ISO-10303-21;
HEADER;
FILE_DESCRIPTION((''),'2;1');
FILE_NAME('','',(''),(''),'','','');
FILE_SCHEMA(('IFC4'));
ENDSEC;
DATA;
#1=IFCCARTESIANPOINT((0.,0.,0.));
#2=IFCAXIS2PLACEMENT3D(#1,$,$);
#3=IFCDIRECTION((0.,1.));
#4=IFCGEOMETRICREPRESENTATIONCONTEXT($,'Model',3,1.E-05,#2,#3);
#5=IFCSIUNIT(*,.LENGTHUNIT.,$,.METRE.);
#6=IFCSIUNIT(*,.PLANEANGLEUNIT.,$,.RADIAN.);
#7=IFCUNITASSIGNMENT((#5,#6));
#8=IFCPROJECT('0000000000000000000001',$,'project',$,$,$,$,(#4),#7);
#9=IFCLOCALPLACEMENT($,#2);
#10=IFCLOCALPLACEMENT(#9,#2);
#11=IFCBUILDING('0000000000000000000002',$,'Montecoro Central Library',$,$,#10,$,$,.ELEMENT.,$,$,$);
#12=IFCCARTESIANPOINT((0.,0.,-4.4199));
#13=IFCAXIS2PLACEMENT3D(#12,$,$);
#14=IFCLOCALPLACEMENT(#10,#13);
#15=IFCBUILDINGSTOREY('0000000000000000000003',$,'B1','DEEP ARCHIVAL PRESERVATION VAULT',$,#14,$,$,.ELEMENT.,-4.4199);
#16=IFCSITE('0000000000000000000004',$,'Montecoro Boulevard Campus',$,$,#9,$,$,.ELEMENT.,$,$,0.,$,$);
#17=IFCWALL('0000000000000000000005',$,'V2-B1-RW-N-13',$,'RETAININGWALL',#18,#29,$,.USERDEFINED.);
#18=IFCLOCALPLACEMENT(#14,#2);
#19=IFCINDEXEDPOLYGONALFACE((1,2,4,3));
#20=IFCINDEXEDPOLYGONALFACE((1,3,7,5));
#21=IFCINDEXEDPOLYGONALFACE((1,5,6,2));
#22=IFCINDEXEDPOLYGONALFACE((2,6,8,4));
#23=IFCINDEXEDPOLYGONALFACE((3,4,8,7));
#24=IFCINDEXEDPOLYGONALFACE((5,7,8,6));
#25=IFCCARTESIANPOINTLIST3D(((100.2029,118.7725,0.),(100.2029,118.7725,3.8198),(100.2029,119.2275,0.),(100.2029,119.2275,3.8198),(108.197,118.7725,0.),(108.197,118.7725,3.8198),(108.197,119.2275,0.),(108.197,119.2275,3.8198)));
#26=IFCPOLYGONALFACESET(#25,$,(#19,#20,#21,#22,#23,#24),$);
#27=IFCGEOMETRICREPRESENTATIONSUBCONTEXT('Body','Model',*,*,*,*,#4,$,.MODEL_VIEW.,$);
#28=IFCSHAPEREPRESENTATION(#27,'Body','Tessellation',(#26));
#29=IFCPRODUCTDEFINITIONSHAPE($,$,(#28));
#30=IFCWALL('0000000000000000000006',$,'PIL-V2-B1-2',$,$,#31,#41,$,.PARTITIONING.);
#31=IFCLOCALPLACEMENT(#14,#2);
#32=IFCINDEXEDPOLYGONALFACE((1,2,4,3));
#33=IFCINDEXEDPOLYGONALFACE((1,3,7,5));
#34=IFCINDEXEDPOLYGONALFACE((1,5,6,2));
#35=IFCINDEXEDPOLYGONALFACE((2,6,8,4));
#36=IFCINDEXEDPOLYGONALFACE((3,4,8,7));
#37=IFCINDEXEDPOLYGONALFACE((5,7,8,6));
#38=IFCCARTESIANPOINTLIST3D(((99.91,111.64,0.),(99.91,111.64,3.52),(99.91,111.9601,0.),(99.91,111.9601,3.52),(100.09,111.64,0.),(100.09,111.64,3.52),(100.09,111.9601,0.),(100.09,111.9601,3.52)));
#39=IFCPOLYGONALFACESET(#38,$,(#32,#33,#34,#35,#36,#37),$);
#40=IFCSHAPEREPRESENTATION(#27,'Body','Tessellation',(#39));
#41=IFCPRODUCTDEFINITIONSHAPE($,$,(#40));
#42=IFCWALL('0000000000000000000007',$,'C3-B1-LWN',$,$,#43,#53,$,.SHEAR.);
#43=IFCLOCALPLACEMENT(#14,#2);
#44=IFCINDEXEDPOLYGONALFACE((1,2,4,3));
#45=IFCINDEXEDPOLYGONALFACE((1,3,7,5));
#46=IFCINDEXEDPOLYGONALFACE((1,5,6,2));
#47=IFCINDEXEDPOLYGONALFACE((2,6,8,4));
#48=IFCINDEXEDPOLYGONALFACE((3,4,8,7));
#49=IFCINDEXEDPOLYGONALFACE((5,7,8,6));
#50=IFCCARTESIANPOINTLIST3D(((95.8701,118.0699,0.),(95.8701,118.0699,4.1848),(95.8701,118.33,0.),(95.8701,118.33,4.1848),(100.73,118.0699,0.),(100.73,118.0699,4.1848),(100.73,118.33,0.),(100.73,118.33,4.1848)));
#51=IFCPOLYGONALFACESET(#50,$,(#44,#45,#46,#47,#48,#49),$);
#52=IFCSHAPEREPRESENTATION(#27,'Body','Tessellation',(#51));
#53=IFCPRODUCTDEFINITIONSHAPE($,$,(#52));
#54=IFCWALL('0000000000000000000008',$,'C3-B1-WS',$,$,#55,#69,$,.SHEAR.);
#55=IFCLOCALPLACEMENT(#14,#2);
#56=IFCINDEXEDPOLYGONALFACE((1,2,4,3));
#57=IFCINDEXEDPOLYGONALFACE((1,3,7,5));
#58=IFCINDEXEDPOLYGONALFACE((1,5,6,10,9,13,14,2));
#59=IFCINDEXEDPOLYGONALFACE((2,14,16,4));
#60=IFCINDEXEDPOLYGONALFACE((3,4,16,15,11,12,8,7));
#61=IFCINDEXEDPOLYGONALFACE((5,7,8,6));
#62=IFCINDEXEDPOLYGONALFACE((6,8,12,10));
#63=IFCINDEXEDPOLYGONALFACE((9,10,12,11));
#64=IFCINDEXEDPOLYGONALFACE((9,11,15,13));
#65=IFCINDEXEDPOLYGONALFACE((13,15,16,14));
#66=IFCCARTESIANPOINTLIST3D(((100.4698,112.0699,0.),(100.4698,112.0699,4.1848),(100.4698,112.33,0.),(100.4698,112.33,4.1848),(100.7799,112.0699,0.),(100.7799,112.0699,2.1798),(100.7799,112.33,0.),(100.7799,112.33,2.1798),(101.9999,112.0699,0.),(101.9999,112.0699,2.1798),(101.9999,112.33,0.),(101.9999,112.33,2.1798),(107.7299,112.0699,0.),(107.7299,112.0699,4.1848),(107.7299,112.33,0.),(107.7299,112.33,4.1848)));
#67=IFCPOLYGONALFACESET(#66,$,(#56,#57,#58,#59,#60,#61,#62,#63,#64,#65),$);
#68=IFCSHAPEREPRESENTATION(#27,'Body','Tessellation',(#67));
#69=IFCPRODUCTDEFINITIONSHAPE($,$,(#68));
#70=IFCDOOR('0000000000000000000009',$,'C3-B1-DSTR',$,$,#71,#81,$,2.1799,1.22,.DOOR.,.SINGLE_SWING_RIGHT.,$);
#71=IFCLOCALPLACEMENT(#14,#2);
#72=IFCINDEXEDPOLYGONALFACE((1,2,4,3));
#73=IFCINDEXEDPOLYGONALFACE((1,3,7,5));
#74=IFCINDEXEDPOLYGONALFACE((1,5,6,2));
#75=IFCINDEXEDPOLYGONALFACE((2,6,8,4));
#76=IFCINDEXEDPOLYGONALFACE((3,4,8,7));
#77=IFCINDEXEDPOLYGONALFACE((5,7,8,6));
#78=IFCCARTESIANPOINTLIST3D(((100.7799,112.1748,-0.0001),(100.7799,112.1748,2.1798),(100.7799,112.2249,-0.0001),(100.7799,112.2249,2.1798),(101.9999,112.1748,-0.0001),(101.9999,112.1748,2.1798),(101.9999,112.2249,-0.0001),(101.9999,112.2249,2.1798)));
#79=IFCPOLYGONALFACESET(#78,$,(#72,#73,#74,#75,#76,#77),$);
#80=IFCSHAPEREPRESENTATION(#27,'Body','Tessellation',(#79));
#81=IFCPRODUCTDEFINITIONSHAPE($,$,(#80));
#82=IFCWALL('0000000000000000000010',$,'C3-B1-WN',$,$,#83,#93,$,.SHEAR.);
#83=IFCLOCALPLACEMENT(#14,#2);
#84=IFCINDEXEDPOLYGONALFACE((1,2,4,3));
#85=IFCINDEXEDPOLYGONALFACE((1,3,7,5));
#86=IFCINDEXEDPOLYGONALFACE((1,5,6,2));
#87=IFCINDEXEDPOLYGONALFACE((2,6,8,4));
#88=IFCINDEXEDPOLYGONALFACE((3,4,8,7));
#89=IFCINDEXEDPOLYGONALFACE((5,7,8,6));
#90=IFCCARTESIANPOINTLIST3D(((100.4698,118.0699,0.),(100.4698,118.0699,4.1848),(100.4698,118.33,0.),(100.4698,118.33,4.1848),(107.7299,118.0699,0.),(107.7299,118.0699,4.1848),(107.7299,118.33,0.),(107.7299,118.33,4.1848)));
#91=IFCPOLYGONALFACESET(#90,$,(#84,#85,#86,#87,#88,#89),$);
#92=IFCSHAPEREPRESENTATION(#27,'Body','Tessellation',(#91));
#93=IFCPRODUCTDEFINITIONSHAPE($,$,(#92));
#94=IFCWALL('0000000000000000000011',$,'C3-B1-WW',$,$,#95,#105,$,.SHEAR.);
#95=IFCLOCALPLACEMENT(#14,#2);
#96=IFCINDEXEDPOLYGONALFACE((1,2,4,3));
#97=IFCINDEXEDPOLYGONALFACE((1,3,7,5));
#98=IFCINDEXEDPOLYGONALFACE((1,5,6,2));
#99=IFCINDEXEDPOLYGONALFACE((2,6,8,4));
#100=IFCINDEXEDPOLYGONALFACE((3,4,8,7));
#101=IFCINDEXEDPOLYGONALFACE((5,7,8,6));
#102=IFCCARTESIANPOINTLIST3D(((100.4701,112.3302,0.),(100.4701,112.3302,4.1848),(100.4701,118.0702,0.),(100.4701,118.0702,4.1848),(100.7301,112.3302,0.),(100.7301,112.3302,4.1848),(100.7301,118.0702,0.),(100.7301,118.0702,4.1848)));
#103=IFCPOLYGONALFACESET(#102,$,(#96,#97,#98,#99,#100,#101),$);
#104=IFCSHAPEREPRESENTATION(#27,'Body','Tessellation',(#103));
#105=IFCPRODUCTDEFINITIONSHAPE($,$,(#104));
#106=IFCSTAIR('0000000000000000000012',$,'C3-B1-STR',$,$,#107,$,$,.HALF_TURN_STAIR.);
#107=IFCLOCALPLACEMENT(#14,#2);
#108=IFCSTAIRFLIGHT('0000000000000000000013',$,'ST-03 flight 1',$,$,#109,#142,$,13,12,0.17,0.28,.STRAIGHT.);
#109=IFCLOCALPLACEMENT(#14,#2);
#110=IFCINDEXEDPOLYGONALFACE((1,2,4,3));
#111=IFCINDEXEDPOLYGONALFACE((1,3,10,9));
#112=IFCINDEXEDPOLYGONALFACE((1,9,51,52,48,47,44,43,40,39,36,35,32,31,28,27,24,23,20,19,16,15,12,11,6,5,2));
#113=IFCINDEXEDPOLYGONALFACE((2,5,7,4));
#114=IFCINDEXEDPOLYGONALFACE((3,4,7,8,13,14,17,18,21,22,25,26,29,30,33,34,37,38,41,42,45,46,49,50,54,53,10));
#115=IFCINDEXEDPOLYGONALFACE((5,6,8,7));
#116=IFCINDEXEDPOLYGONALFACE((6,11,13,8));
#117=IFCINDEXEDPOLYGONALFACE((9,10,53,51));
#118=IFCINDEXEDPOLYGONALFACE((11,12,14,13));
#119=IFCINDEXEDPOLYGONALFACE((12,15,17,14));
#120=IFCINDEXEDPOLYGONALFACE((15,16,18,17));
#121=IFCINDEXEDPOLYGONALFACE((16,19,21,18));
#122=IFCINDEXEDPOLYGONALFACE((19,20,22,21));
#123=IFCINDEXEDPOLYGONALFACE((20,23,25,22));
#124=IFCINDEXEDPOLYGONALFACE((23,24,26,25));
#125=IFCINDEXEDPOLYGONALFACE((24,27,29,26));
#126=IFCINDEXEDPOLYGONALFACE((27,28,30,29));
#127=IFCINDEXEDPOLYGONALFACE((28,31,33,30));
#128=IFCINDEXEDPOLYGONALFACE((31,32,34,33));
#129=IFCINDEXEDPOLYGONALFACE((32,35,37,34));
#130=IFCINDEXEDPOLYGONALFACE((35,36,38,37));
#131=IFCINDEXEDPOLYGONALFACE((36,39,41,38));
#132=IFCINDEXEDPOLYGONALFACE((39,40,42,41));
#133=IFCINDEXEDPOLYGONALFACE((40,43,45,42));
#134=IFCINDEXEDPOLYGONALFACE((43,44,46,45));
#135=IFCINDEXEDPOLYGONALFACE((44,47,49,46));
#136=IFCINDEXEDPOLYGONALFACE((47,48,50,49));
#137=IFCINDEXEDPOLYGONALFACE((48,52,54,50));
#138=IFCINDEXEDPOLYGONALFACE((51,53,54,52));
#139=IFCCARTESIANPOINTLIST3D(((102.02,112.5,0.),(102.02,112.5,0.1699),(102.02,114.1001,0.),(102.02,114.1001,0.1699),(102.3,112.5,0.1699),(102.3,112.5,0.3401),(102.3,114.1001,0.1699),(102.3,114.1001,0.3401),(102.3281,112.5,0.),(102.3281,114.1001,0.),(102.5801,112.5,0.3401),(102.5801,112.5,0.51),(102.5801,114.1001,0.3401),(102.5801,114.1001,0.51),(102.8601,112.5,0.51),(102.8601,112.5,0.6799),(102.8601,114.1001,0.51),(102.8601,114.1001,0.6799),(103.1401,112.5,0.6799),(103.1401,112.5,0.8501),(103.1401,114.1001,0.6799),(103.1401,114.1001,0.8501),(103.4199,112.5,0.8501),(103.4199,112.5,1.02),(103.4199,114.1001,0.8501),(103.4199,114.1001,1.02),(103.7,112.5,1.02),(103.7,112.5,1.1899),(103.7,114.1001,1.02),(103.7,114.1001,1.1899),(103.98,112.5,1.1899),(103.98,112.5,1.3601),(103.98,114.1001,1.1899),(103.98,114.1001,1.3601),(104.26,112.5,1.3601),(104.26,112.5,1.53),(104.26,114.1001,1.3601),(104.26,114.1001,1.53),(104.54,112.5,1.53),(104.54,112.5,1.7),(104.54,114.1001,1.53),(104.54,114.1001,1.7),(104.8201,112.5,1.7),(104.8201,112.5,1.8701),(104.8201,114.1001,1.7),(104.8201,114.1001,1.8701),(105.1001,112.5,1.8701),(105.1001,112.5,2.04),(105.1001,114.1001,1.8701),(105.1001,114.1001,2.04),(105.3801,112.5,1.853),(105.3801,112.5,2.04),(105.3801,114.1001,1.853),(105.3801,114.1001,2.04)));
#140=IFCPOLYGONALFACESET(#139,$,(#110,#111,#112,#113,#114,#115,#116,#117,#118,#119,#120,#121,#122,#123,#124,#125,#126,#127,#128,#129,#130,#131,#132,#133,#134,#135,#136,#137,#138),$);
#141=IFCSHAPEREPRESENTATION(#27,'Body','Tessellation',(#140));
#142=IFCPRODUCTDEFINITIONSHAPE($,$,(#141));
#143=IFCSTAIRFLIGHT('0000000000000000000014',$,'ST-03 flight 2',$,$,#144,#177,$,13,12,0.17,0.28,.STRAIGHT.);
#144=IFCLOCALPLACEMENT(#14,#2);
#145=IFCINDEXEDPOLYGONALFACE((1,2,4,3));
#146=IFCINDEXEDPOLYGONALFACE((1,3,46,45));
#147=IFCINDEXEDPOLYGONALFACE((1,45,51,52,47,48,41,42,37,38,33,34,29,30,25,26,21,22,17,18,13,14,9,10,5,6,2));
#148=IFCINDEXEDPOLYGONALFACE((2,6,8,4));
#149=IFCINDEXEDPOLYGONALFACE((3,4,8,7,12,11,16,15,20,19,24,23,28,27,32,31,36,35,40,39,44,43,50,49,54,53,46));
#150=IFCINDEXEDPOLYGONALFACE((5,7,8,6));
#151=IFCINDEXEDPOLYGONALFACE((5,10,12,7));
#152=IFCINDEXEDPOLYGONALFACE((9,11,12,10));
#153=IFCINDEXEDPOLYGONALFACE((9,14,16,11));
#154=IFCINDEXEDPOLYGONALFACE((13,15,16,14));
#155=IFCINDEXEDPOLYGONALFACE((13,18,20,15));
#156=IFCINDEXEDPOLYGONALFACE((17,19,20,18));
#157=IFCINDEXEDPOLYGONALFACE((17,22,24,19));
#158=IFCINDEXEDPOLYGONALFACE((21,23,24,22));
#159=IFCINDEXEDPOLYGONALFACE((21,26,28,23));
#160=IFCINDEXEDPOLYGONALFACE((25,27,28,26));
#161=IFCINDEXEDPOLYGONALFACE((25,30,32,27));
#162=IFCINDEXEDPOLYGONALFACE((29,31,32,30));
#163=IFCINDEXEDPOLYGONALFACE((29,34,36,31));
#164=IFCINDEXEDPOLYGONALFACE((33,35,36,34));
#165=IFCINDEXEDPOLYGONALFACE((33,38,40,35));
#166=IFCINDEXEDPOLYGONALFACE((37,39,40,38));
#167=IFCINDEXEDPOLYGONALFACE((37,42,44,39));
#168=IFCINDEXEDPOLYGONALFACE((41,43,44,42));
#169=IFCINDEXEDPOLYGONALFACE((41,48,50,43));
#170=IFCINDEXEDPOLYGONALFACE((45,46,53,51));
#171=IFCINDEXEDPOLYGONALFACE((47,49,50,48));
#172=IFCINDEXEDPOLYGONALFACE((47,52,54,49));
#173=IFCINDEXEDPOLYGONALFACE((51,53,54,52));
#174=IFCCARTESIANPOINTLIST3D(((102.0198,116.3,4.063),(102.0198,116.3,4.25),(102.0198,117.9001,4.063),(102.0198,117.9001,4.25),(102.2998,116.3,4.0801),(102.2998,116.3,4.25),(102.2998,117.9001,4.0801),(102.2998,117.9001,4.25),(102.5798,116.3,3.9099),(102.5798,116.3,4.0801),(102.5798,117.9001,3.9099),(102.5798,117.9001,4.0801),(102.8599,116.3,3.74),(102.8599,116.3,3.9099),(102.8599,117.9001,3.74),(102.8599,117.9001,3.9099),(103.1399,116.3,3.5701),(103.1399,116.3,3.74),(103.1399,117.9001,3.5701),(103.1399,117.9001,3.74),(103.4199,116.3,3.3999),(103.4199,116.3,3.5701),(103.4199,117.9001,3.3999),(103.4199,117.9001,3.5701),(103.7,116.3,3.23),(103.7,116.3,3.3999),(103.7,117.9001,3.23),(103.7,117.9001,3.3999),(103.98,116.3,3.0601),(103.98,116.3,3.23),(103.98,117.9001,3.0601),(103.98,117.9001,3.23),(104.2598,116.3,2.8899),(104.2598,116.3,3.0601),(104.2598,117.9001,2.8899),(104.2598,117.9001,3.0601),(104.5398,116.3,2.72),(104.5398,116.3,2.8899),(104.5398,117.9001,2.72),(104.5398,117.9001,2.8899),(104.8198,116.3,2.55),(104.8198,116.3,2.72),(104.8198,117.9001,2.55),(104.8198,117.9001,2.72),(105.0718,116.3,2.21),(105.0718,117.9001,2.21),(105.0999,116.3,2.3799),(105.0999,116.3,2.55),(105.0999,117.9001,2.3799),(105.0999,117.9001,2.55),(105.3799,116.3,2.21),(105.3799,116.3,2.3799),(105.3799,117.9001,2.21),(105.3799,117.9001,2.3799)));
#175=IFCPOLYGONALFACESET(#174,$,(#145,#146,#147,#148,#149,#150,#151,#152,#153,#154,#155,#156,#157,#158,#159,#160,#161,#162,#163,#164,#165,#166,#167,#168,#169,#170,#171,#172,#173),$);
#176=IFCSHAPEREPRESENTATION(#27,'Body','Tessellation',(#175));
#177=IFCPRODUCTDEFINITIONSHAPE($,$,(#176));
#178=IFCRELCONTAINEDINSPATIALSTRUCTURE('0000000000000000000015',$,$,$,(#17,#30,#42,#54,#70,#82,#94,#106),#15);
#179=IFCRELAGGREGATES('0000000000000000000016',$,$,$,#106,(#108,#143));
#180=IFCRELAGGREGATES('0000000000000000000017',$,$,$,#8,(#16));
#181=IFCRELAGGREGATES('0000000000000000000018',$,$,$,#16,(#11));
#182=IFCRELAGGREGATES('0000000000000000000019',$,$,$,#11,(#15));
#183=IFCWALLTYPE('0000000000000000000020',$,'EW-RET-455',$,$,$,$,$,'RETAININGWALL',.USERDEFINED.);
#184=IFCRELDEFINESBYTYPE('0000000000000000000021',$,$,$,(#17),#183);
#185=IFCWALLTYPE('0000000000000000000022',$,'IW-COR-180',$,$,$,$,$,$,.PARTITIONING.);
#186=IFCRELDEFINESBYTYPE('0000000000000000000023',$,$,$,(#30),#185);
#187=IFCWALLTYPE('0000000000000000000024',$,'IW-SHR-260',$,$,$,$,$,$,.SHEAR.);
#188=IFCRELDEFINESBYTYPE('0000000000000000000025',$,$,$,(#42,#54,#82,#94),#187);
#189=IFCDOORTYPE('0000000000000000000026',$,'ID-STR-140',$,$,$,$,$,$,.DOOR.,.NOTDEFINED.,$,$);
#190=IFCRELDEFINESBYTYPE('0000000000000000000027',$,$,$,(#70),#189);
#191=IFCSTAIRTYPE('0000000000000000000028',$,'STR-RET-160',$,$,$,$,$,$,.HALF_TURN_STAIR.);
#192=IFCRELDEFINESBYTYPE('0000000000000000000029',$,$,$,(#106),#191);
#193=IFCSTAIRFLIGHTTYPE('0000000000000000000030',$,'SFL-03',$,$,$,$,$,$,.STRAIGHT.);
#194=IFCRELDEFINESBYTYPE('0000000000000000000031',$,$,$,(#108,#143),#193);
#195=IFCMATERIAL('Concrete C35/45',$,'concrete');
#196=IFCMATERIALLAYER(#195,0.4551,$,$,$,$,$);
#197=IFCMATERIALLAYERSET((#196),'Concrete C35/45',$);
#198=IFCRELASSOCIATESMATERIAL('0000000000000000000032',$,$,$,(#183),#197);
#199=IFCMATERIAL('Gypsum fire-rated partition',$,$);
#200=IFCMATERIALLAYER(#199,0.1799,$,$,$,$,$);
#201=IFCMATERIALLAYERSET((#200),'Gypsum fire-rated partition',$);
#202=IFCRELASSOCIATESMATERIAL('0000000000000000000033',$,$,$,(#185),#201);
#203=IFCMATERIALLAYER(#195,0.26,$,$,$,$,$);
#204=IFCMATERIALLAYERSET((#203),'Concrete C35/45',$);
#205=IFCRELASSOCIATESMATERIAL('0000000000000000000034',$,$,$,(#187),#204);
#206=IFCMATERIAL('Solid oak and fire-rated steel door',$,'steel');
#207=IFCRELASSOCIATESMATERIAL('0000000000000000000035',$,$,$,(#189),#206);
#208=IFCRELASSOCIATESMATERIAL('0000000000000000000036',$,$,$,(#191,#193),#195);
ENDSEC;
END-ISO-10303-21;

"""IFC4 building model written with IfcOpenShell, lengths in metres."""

from ifc_helpers import new_model, si_unit, direction, frame, frame_2d, origin, place, context, subcontext, project, spatial, polyline, rectangle, outline, extrude, material, layer, layer_set, type_object, element, fill, aggregate, save


model = new_model("IFC4")

# Units and contexts
model_context = context("Model", 3, precision=1e-05, world=origin(), true_north=direction((0.0, 1.0)))
body_context = subcontext(model_context, "Body", "Model", "MODEL_VIEW")
ifc_project = project(units=[si_unit("LENGTHUNIT", "METRE"), si_unit("PLANEANGLEUNIT", "RADIAN")], contexts=[model_context])

# Site, building, storey
site_placement = place(None, origin())
site = spatial("IfcSite", under=ifc_project, at=site_placement, Name="Montecoro Boulevard Campus", CompositionType="ELEMENT", RefElevation=0.0)
building_placement = place(site_placement, origin())
building = spatial("IfcBuilding", under=site, at=building_placement, Name="Montecoro Central Library", CompositionType="ELEMENT")
storey_placement = place(building_placement, frame((0.0, 0.0, -4.4199)))
storey = spatial("IfcBuildingStorey", under=building, at=storey_placement, Name="B1", Description="DEEP ARCHIVAL PRESERVATION VAULT", CompositionType="ELEMENT", Elevation=-4.4199)

# Shared definitions
ifc_material_1 = material(Name="Concrete C35/45", Category="concrete")

# Walls
ifc_layer_1 = layer(ifc_material_1, 0.4551)
ifc_layer_set_1 = layer_set([ifc_layer_1], Name="Concrete C35/45")
wall_type_1 = type_object("IfcWallType", Name="EW-RET-455", ElementType="RETAININGWALL", PredefinedType="USERDEFINED", material=ifc_layer_set_1)
wall_1_placement = place(storey_placement, frame((100.2029, 119.0, 0.0), z_axis=(0.0, 0.0, 1.0), x_axis=(1.0, 0.0, 0.0)))
element("IfcWall", 1, at=wall_1_placement, inside=storey, type_object=wall_type_1, Name="V2-B1-RW-N-13", ObjectType="RETAININGWALL", PredefinedType="USERDEFINED", context=body_context, shape_type="SweptSolid", body=[
    extrude(rectangle(XDim=7.9941, YDim=0.4551, at=frame_2d((3.9971, 0.0))), origin(), (0.0, 0.0, 1.0), 3.8198),
])
ifc_material_2 = material(Name="Gypsum fire-rated partition")
ifc_layer_2 = layer(ifc_material_2, 0.1799)
ifc_layer_set_2 = layer_set([ifc_layer_2], Name="Gypsum fire-rated partition")
wall_type_2 = type_object("IfcWallType", Name="IW-COR-180", PredefinedType="PARTITIONING", material=ifc_layer_set_2)
wall_2_placement = place(storey_placement, frame((100.0, 111.6399, 0.0), z_axis=(0.0, 0.0, 1.0), x_axis=(0.0, 1.0, 0.0)))
element("IfcWall", 2, at=wall_2_placement, inside=storey, type_object=wall_type_2, Name="PIL-V2-B1-2", PredefinedType="PARTITIONING", context=body_context, shape_type="SweptSolid", body=[
    extrude(rectangle(XDim=0.3201, YDim=0.1799, at=frame_2d((0.1602, 0.0))), origin(), (0.0, 0.0, 1.0), 3.52),
])
ifc_layer_3 = layer(ifc_material_1, 0.26)
ifc_layer_set_3 = layer_set([ifc_layer_3], Name="Concrete C35/45")
wall_type_3 = type_object("IfcWallType", Name="IW-SHR-260", PredefinedType="SHEAR", material=ifc_layer_set_3)
wall_3_placement = place(storey_placement, frame((100.73, 118.2, 0.0), z_axis=(0.0, 0.0, 1.0), x_axis=(-1.0, 0.0, 0.0)))
element("IfcWall", 3, at=wall_3_placement, inside=storey, type_object=wall_type_3, Name="C3-B1-LWN", PredefinedType="SHEAR", context=body_context, shape_type="SweptSolid", body=[
    extrude(rectangle(XDim=4.8599, YDim=0.26, at=frame_2d((2.4299, 0.0))), origin(), (0.0, 0.0, 1.0), 4.1848),
])

# Wall, opening, door
wall_4_placement = place(storey_placement, frame((100.47, 112.2, 0.0), z_axis=(0.0, 0.0, 1.0), x_axis=(1.0, 0.0, 0.0)))
wall_4 = element("IfcWall", 4, at=wall_4_placement, inside=storey, type_object=wall_type_3, Name="C3-B1-WS", PredefinedType="SHEAR", context=body_context, shape_type="SweptSolid", body=[
    extrude(rectangle(XDim=7.26, YDim=0.26, at=frame_2d((3.6299, 0.0))), origin(), (0.0, 0.0, 1.0), 4.1848),
])
opening_placement = place(wall_4_placement, frame((0.3101, 0.0, 0.0)))
opening = element("IfcOpeningElement", 5, at=opening_placement, cuts=wall_4, PredefinedType="OPENING", context=body_context, shape_type="SweptSolid", body=[
    extrude(rectangle(XDim=1.22, YDim=2.1799, at=frame_2d((0.6099, 1.0898))), frame((0.0, 0.1399, 0.0), z_axis=(0.0, -1.0, 0.0), x_axis=(1.0, 0.0, 0.0)), (0.0, 0.0, 1.0), 0.28),
])
ifc_material_3 = material(Name="Solid oak and fire-rated steel door", Category="steel")
door_type = type_object("IfcDoorType", Name="ID-STR-140", OperationType="NOTDEFINED", PredefinedType="DOOR", material=ifc_material_3)
door_placement = place(opening_placement, origin())
door = element("IfcDoor", 6, at=door_placement, inside=storey, type_object=door_type, Name="C3-B1-DSTR", OperationType="SINGLE_SWING_RIGHT", OverallHeight=2.1799, OverallWidth=1.22, PredefinedType="DOOR", context=body_context, shape_type="SweptSolid", body=[
    extrude(rectangle(XDim=1.22, YDim=2.1799, at=frame_2d((0.6099, 1.0898))), frame((0.0, 0.0249, 0.0), z_axis=(0.0, -1.0, 0.0), x_axis=(1.0, 0.0, 0.0)), (0.0, 0.0, 1.0), 0.05),
])
fill(opening, door)

# Walls
wall_5_placement = place(storey_placement, frame((100.47, 118.2, 0.0), z_axis=(0.0, 0.0, 1.0), x_axis=(1.0, 0.0, 0.0)))
element("IfcWall", 7, at=wall_5_placement, inside=storey, type_object=wall_type_3, Name="C3-B1-WN", PredefinedType="SHEAR", context=body_context, shape_type="SweptSolid", body=[
    extrude(rectangle(XDim=7.26, YDim=0.26, at=frame_2d((3.6299, 0.0))), origin(), (0.0, 0.0, 1.0), 4.1848),
])
wall_6_placement = place(storey_placement, frame((100.6001, 112.3301, 0.0), z_axis=(0.0, 0.0, 1.0), x_axis=(0.0, 1.0, 0.0)))
element("IfcWall", 8, at=wall_6_placement, inside=storey, type_object=wall_type_3, Name="C3-B1-WW", PredefinedType="SHEAR", context=body_context, shape_type="SweptSolid", body=[
    extrude(rectangle(XDim=5.74, YDim=0.26, at=frame_2d((2.8701, 0.0))), origin(), (0.0, 0.0, 1.0), 4.1848),
])

# Stair, stair flights
stair_type = type_object("IfcStairType", Name="STR-RET-160", PredefinedType="HALF_TURN_STAIR", material=ifc_material_1)
stair_placement = place(storey_placement, origin())
stair = element("IfcStair", 9, at=stair_placement, inside=storey, type_object=stair_type, Name="C3-B1-STR", PredefinedType="HALF_TURN_STAIR")
stair_flight_type = type_object("IfcStairFlightType", Name="SFL-03", PredefinedType="STRAIGHT", material=ifc_material_1)
stair_flight_1_placement = place(storey_placement, frame((102.02, 113.3, 0.0), z_axis=(0.0, 0.0, 1.0), x_axis=(1.0, 0.0, 0.0)))
stair_flight_1 = element("IfcStairFlight", 10, at=stair_flight_1_placement, type_object=stair_flight_type, Name="ST-03 flight 1", NumberOfRisers=13, NumberOfTreads=12, PredefinedType="STRAIGHT", RiserHeight=0.17, TreadLength=0.28, context=body_context, shape_type="SweptSolid", body=[
    extrude(outline(polyline([(0.0, 0.0), (0.0, 0.1699), (0.28, 0.1699), (0.28, 0.3401), (0.5601, 0.3401), (0.5601, 0.51), (0.8401, 0.51), (0.8401, 0.6799), (1.1201, 0.6799), (1.1201, 0.8501), (1.3999, 0.8501), (1.3999, 1.02), (1.6799, 1.02), (1.6799, 1.1899), (1.96, 1.1899), (1.96, 1.3601), (2.24, 1.3601), (2.24, 1.53), (2.52, 1.53), (2.52, 1.7), (2.8, 1.7), (2.8, 1.8701), (3.0801, 1.8701), (3.0801, 2.04), (3.3601, 2.04), (3.3601, 2.21), (3.3601, 1.853), (0.3081, 0.0), (0.0, 0.0)])), frame((0.0, 0.8, 0.0), z_axis=(0.0, -1.0, 0.0), x_axis=(1.0, 0.0, 0.0)), (0.0, 0.0, 1.0), 1.6001),
])
stair_flight_2_placement = place(storey_placement, frame((105.3799, 117.1001, 2.21), z_axis=(0.0, 0.0, 1.0), x_axis=(-1.0, 0.0, 0.0)))
stair_flight_2 = element("IfcStairFlight", 11, at=stair_flight_2_placement, type_object=stair_flight_type, Name="ST-03 flight 2", NumberOfRisers=13, NumberOfTreads=12, PredefinedType="STRAIGHT", RiserHeight=0.17, TreadLength=0.28, context=body_context, shape_type="SweptSolid", body=[
    extrude(outline(polyline([(0.0, 0.0), (0.0, 0.1699), (0.28, 0.1699), (0.28, 0.3401), (0.5601, 0.3401), (0.5601, 0.51), (0.8401, 0.51), (0.8401, 0.6799), (1.1201, 0.6799), (1.1201, 0.8501), (1.3999, 0.8501), (1.3999, 1.02), (1.6799, 1.02), (1.6799, 1.1899), (1.96, 1.1899), (1.96, 1.3601), (2.24, 1.3601), (2.24, 1.53), (2.52, 1.53), (2.52, 1.7), (2.8, 1.7), (2.8, 1.8701), (3.0801, 1.8701), (3.0801, 2.04), (3.3601, 2.04), (3.3601, 2.21), (3.3601, 1.853), (0.3081, 0.0), (0.0, 0.0)])), frame((0.0, 0.8, 0.0), z_axis=(0.0, -1.0, 0.0), x_axis=(1.0, 0.0, 0.0)), (0.0, 0.0, 1.0), 1.6001),
])
aggregate(stair, [stair_flight_1, stair_flight_2])

save(model, "model.ifc")
